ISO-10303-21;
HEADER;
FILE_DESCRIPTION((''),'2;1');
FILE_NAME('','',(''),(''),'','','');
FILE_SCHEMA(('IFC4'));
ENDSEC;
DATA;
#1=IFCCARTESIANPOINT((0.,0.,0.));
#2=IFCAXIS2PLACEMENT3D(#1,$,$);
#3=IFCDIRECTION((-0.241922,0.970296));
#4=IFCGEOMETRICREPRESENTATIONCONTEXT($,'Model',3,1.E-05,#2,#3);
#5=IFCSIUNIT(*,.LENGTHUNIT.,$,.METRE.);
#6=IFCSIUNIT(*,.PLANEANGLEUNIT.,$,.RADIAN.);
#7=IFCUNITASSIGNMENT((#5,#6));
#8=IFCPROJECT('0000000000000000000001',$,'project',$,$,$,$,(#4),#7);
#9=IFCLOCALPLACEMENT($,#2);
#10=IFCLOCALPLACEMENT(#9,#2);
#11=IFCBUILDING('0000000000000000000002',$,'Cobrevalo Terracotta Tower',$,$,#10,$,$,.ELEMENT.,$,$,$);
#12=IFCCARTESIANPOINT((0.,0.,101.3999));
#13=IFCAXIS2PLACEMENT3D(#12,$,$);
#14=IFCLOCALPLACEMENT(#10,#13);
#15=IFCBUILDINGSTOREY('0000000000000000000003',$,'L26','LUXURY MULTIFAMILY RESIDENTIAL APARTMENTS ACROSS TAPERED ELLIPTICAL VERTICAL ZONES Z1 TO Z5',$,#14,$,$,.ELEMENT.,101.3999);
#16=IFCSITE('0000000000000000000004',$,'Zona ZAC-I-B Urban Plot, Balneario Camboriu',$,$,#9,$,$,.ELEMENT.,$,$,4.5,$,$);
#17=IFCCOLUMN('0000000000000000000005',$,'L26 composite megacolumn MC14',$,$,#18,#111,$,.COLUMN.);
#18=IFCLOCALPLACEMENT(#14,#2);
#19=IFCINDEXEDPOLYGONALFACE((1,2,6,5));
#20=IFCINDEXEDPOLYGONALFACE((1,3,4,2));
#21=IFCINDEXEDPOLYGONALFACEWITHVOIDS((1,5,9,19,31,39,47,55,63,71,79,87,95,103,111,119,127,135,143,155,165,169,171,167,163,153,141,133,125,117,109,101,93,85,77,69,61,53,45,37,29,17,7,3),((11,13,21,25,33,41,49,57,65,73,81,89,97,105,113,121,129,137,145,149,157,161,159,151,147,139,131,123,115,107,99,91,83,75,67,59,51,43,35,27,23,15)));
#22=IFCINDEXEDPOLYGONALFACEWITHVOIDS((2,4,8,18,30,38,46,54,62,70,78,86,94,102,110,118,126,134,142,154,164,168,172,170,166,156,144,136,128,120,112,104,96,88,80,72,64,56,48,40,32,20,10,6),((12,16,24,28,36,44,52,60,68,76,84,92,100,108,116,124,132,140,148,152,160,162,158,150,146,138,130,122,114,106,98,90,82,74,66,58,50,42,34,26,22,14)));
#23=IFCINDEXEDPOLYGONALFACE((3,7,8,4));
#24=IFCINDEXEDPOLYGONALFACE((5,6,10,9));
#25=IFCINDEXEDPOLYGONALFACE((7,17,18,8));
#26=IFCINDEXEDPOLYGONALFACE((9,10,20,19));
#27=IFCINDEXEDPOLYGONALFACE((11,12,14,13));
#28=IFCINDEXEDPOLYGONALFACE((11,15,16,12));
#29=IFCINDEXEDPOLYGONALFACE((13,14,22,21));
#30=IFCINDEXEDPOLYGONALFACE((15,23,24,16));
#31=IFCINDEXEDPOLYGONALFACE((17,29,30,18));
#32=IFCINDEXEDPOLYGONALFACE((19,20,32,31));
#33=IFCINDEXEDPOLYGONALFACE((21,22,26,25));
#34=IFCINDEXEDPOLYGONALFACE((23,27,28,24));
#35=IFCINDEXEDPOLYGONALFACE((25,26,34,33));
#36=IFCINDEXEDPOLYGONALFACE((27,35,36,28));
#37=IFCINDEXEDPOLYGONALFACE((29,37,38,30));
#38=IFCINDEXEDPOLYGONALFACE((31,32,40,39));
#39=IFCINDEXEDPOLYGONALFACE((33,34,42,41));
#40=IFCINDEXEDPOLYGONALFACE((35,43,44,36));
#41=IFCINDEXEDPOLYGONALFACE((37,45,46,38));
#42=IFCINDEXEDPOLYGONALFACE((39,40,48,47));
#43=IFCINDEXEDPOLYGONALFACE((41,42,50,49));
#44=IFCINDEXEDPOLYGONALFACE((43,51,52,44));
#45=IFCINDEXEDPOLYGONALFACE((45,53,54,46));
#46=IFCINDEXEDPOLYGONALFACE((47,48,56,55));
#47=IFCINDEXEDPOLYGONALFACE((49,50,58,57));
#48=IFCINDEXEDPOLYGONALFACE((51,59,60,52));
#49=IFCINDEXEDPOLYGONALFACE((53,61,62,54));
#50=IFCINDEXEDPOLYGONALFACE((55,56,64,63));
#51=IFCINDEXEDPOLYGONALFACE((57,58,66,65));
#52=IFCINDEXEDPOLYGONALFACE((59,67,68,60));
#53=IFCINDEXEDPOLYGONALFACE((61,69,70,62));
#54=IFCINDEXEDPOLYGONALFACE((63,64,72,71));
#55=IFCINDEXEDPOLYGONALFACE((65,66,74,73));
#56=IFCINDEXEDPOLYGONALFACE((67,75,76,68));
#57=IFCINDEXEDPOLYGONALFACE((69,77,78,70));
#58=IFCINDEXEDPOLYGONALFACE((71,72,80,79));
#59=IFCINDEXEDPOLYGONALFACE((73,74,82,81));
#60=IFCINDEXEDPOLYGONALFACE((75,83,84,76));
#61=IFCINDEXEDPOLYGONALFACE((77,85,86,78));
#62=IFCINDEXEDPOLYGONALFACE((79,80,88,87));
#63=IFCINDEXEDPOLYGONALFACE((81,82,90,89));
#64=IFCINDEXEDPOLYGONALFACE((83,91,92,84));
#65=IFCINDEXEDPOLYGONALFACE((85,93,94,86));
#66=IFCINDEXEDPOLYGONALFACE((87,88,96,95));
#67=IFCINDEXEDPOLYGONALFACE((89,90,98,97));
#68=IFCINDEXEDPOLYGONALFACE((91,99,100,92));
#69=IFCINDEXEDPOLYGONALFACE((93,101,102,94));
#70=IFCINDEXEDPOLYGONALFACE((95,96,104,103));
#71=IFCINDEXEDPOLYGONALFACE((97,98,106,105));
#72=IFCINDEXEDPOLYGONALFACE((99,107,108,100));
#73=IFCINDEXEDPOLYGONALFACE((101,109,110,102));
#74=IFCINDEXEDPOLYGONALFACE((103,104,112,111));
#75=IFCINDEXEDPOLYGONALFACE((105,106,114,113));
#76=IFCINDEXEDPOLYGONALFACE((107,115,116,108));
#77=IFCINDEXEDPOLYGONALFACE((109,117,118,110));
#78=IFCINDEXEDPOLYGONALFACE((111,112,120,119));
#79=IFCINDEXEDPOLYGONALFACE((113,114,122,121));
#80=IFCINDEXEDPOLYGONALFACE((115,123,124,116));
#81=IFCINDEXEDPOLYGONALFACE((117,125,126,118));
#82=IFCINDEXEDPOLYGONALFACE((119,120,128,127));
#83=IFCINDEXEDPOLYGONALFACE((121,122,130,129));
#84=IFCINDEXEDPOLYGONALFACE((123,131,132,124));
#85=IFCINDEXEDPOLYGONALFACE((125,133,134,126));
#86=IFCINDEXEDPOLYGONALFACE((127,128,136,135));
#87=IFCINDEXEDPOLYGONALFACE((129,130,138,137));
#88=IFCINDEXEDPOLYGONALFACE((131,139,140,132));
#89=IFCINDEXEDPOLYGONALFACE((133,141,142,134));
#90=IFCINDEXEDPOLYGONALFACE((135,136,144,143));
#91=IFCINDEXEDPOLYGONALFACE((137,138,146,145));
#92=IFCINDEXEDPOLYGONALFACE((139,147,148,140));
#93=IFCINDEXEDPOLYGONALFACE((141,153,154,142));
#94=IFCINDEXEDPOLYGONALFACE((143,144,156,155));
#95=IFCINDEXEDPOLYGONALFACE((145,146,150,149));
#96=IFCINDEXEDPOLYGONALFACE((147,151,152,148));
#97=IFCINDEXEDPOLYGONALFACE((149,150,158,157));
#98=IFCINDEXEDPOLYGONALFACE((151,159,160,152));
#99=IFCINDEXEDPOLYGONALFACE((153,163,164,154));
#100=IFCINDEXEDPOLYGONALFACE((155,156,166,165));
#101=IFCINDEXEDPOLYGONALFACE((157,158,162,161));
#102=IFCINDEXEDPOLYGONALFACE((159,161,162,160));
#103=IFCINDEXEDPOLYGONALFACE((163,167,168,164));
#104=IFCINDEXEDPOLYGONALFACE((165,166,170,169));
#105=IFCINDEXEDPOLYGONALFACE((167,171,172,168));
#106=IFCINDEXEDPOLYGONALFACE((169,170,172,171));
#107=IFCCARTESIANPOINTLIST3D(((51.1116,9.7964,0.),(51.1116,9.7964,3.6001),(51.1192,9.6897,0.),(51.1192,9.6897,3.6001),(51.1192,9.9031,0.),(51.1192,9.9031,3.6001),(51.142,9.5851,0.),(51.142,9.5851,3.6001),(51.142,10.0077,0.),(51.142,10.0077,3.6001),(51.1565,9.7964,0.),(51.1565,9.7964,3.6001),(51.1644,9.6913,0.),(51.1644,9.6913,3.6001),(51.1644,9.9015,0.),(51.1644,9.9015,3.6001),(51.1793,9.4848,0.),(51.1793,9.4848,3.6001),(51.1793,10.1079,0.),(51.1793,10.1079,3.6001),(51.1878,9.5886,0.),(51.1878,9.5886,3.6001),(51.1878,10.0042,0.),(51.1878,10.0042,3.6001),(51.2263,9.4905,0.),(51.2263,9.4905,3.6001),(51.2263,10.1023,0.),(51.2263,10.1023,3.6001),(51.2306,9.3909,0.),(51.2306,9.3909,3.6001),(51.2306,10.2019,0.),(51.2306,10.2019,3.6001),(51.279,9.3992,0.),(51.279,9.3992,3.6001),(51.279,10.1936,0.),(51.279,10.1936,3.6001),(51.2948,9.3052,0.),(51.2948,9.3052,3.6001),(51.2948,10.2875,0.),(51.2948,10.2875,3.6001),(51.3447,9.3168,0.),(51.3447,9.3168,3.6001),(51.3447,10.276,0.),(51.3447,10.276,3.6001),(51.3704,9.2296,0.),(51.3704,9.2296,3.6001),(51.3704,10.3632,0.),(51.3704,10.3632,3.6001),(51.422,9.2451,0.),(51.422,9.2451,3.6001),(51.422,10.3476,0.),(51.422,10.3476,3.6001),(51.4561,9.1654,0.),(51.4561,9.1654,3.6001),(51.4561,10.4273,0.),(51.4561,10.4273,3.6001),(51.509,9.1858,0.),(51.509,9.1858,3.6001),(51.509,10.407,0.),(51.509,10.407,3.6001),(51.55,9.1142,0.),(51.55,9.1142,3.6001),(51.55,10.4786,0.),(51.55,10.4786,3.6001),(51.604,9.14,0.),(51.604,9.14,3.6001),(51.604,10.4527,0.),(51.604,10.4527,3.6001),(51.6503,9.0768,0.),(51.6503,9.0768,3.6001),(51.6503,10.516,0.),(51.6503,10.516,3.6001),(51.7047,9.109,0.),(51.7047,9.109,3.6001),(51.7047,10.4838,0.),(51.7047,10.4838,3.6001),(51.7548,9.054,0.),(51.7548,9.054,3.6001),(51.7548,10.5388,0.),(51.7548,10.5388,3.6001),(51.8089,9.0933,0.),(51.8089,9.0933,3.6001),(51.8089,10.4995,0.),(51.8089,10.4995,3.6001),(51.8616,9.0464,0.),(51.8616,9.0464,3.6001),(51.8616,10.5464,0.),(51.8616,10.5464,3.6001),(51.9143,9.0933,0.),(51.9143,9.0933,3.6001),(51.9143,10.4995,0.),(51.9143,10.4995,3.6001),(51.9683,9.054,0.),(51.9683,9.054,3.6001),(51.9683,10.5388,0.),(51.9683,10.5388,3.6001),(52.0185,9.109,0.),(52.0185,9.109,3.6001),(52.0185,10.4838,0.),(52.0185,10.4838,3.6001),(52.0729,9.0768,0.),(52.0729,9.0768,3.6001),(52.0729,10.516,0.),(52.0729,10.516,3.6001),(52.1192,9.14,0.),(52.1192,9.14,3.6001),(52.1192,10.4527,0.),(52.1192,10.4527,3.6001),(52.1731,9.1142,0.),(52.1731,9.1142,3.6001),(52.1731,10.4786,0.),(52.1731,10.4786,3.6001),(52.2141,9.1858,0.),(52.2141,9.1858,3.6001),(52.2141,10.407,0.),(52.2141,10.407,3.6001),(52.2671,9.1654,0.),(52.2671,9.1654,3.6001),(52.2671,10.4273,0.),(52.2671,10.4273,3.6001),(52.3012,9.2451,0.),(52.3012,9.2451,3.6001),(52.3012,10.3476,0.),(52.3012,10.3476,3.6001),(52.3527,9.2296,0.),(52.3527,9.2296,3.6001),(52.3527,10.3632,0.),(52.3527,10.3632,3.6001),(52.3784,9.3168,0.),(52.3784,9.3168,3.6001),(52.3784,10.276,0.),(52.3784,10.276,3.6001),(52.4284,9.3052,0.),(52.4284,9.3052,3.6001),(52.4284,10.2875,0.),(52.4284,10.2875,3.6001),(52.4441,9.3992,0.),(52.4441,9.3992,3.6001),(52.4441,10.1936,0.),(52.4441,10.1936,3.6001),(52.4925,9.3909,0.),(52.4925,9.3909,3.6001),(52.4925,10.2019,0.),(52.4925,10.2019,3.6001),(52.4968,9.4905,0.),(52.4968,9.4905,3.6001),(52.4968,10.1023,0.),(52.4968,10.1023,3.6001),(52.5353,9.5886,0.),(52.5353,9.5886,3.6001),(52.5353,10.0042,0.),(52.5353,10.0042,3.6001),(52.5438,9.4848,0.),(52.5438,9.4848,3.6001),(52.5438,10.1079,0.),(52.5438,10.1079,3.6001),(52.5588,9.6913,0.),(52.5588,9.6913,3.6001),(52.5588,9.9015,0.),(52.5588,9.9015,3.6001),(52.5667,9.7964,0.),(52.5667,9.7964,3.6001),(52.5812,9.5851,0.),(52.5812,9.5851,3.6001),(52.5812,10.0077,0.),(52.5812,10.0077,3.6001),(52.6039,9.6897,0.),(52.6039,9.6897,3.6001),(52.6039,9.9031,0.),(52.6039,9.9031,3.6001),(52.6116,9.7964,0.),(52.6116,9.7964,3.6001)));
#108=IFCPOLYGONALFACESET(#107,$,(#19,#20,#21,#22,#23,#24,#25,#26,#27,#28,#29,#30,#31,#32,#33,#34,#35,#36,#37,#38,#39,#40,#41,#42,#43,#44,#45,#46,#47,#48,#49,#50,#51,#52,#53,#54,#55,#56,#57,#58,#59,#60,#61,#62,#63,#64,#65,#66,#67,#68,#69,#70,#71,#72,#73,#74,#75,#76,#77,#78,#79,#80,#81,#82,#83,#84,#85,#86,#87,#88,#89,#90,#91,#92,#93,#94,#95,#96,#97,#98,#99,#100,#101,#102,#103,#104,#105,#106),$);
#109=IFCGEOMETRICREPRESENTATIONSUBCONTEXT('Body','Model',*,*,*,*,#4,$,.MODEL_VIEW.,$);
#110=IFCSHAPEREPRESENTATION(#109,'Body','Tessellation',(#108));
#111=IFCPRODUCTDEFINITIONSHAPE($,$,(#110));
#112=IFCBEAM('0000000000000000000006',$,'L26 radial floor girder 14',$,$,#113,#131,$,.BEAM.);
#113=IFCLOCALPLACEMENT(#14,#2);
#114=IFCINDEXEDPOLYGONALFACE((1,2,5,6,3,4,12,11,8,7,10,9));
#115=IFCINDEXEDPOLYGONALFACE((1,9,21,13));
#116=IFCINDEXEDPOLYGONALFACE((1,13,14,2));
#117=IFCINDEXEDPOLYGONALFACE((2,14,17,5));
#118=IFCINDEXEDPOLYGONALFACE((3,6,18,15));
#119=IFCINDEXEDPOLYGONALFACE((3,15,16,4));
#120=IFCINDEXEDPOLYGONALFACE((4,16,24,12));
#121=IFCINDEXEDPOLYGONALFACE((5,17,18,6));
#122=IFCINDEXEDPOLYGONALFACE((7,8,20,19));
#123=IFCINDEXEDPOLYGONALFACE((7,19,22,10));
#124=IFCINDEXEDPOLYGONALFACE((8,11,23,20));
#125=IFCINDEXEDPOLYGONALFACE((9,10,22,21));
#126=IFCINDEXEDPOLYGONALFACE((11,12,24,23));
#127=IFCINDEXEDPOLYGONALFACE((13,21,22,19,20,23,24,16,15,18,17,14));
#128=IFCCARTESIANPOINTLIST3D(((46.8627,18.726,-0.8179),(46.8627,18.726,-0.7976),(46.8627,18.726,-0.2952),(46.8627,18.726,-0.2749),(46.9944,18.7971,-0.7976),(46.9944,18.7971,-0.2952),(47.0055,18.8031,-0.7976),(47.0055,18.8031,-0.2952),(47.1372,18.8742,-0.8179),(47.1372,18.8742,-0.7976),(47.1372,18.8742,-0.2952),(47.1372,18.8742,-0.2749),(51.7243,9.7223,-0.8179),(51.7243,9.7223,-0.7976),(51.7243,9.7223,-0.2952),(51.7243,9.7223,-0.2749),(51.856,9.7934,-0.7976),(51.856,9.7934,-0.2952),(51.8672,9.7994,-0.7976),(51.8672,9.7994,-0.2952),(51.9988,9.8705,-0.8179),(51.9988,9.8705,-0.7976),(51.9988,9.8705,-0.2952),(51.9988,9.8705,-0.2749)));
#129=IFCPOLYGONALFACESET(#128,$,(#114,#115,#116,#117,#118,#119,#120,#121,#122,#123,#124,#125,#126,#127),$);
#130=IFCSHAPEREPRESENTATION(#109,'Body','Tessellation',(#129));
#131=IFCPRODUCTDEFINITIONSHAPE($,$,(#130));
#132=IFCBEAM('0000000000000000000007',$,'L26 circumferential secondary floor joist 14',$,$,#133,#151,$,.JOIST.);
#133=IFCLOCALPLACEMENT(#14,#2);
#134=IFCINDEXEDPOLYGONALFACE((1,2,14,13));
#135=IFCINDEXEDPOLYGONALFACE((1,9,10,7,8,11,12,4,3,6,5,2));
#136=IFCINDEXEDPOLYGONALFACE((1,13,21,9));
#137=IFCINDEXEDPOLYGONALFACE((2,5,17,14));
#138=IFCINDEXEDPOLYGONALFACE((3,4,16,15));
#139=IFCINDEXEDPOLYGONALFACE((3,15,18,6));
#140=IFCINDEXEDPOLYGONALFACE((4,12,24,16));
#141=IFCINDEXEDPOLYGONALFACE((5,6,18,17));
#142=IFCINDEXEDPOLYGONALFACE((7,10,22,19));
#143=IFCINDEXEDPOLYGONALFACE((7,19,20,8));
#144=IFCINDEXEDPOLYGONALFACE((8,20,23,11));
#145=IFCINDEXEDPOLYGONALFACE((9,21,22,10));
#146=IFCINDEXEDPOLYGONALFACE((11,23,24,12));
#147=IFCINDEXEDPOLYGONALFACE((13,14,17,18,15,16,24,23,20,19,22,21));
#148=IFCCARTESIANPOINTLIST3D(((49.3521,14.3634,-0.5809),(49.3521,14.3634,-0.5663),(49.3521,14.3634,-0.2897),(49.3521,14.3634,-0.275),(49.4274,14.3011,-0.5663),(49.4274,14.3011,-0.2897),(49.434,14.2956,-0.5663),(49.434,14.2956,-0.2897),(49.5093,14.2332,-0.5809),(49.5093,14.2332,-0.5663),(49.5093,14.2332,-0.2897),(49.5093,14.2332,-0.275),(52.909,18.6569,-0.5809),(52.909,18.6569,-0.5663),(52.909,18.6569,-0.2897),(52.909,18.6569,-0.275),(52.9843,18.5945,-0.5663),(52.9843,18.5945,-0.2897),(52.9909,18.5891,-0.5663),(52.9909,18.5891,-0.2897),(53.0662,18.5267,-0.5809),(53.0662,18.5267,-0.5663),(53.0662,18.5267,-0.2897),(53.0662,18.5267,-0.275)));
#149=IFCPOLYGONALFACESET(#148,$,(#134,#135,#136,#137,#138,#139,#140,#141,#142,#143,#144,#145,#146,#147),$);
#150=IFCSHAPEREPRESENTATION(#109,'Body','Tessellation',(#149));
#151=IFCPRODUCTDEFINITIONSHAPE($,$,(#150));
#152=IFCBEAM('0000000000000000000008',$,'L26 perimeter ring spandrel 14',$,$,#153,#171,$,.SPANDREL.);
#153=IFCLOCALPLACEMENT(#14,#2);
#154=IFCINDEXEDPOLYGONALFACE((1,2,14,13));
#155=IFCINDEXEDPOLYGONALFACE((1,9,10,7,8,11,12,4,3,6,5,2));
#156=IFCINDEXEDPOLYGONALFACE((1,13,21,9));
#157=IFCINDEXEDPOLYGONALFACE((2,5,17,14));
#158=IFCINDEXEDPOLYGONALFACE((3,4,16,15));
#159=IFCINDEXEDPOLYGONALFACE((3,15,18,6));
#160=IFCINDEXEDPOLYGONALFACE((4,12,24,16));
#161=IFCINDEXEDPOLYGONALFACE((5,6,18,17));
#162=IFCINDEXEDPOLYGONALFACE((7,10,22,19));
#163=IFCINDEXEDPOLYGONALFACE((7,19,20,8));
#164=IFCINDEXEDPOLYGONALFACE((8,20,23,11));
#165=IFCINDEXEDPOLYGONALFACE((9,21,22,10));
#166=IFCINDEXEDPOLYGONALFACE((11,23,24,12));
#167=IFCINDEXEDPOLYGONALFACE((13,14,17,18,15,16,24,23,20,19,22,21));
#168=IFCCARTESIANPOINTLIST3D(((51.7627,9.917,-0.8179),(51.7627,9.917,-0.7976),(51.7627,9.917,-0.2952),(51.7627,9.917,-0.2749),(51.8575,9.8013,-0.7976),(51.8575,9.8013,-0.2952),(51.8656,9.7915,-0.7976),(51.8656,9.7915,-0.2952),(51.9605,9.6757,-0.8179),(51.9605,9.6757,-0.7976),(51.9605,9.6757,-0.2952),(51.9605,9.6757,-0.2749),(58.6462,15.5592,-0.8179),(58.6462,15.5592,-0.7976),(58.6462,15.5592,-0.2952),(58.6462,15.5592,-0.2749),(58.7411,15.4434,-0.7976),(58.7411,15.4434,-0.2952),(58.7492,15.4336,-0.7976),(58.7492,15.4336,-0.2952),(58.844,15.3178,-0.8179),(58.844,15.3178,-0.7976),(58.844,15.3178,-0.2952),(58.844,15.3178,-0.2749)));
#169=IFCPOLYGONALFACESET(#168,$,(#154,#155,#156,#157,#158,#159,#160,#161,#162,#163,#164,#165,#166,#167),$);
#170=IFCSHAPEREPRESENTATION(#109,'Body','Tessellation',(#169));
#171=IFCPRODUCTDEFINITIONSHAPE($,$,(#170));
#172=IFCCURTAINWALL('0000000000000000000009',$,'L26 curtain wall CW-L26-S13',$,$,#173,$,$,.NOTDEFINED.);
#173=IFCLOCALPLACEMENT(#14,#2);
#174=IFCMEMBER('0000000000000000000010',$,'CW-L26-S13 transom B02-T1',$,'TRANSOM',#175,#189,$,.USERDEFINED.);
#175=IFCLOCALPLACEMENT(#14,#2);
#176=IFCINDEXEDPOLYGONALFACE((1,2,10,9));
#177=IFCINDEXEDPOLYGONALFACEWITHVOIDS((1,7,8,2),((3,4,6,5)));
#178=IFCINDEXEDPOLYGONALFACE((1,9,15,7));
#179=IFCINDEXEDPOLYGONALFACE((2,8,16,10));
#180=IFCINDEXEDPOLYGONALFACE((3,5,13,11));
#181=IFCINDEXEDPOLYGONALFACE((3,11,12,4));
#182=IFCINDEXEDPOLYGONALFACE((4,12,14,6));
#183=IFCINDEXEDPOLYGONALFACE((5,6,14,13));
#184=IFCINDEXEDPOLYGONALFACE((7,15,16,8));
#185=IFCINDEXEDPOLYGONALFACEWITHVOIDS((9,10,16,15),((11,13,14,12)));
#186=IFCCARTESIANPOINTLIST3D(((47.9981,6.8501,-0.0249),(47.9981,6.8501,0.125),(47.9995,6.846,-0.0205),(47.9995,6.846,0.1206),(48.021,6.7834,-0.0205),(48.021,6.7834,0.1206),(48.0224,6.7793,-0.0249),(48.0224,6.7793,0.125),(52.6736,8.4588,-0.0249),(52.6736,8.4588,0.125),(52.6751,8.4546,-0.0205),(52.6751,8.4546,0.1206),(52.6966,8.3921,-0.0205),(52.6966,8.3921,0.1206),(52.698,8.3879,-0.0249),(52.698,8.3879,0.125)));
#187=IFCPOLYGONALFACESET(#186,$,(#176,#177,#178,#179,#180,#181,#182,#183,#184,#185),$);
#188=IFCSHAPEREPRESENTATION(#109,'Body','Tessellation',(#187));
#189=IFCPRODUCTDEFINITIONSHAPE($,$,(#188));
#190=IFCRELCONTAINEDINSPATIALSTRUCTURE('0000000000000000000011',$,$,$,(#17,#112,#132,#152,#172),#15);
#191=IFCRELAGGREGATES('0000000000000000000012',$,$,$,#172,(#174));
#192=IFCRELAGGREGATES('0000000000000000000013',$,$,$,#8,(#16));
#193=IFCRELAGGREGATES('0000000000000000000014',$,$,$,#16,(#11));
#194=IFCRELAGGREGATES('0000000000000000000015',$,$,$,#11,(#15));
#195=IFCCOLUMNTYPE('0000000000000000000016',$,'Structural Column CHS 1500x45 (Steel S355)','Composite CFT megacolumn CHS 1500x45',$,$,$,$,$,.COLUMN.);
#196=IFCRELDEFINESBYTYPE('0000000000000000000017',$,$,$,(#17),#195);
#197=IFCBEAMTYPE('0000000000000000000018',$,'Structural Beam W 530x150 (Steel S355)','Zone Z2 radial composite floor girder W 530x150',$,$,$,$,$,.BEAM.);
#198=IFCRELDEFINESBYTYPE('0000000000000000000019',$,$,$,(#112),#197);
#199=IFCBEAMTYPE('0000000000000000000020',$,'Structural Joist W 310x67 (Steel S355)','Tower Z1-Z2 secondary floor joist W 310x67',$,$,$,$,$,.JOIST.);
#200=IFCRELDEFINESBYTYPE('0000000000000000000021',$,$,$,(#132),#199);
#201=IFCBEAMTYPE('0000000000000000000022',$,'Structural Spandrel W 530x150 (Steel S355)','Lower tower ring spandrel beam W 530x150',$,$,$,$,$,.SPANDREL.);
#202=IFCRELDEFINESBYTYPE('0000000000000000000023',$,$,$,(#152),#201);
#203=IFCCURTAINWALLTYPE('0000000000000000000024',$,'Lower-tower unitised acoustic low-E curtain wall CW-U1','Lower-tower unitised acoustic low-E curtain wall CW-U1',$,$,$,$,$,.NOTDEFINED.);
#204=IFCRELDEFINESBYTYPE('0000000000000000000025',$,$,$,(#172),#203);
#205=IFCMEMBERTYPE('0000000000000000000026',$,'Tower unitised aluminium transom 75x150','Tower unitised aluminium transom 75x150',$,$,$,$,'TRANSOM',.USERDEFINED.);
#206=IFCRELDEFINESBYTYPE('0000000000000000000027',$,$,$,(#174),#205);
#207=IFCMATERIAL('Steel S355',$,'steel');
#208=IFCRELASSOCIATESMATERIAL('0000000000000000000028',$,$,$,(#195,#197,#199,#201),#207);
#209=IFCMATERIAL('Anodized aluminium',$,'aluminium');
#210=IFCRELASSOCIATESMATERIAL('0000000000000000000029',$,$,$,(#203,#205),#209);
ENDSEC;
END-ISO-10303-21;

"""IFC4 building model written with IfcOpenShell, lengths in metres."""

from ifc_helpers import new_model, si_unit, direction, frame, origin, origin_2d, place, context, subcontext, project, spatial, hollow_rectangle, hollow_circle, i_section, extrude, source, transform, mapped, material, material_profile, profile_set, type_object, element, aggregate, save


model = new_model("IFC4")

# Units and contexts
model_context = context("Model", 3, precision=1e-05, world=origin(), true_north=direction((-0.241922, 0.970296)))
body_context = subcontext(model_context, "Body", "Model", "MODEL_VIEW")
ifc_project = project(units=[si_unit("LENGTHUNIT", "METRE"), si_unit("PLANEANGLEUNIT", "RADIAN")], contexts=[model_context])

# Site, building, storey
site_placement = place(None, origin())
site = spatial("IfcSite", under=ifc_project, at=site_placement, Name="Zona ZAC-I-B Urban Plot, Balneario Camboriu", CompositionType="ELEMENT", RefElevation=4.5)
building_placement = place(site_placement, origin())
building = spatial("IfcBuilding", under=site, at=building_placement, Name="Cobrevalo Terracotta Tower", CompositionType="ELEMENT")
storey_placement = place(building_placement, frame((0.0, 0.0, 101.3999)))
storey = spatial("IfcBuildingStorey", under=building, at=storey_placement, Name="L26", Description="LUXURY MULTIFAMILY RESIDENTIAL APARTMENTS ACROSS TAPERED ELLIPTICAL VERTICAL ZONES Z1 TO Z5", CompositionType="ELEMENT", Elevation=101.3999)

# Column
ifc_material_1 = material(Name="Steel S355", Category="steel")
ifc_material_profile_1 = material_profile(ifc_material_1, hollow_circle(Radius=0.75, WallThickness=0.0449, at=origin_2d()), Name="CHS 1500x45")
ifc_profile_set_1 = profile_set([ifc_material_profile_1], Name="Steel S355")
column_type = type_object("IfcColumnType", Name="Structural Column CHS 1500x45 (Steel S355)", Description="Composite CFT megacolumn CHS 1500x45", PredefinedType="COLUMN", material=ifc_profile_set_1)
column_placement = place(storey_placement, frame((51.8616, 9.7964, 0.0), z_axis=(0.0, 0.0, 1.0), x_axis=(1.0, 0.0, 0.0)))
element("IfcColumn", 1, at=column_placement, inside=storey, type_object=column_type, Name="L26 composite megacolumn MC14", PredefinedType="COLUMN", context=body_context, shape_type="SweptSolid", body=[
    extrude(hollow_circle(Radius=0.75, WallThickness=0.0449, at=origin_2d()), origin(), (0.0, 0.0, 1.0), 3.6001),
])

# Beams
ifc_material_profile_2 = material_profile(ifc_material_1, i_section(OverallWidth=0.312, OverallDepth=0.543, WebThickness=0.0127, FlangeThickness=0.0203, at=origin_2d()), Name="W 530x150")
ifc_profile_set_2 = profile_set([ifc_material_profile_2], Name="Steel S355")
beam_type_1 = type_object("IfcBeamType", Name="Structural Beam W 530x150 (Steel S355)", Description="Zone Z2 radial composite floor girder W 530x150", PredefinedType="BEAM", material=ifc_profile_set_2)
beam_1_placement = place(storey_placement, frame((51.8616, 9.7964, -0.5464), z_axis=(-0.475118, 0.879922, 0.0), x_axis=(-0.879922, -0.475118, 0.0)))
element("IfcBeam", 2, at=beam_1_placement, inside=storey, type_object=beam_type_1, Name="L26 radial floor girder 14", PredefinedType="BEAM", context=body_context, shape_type="SweptSolid", body=[
    extrude(i_section(OverallWidth=0.312, OverallDepth=0.543, WebThickness=0.0127, FlangeThickness=0.0203, at=origin_2d()), origin(), (0.0, 0.0, 1.0), 10.2324),
])
ifc_material_profile_3 = material_profile(ifc_material_1, i_section(OverallWidth=0.2041, OverallDepth=0.3059, WebThickness=0.0085, FlangeThickness=0.0146, at=origin_2d()), Name="W 310x67")
ifc_profile_set_3 = profile_set([ifc_material_profile_3], Name="Steel S355")
beam_type_2 = type_object("IfcBeamType", Name="Structural Joist W 310x67 (Steel S355)", Description="Tower Z1-Z2 secondary floor joist W 310x67", PredefinedType="JOIST", material=ifc_profile_set_3)
beam_2_placement = place(storey_placement, frame((49.4307, 14.2983, -0.428), z_axis=(0.637959, 0.77007, 0.0), x_axis=(-0.77007, 0.637959, 0.0)))
element("IfcBeam", 3, at=beam_2_placement, inside=storey, type_object=beam_type_2, Name="L26 circumferential secondary floor joist 14", PredefinedType="JOIST", context=body_context, shape_type="SweptSolid", body=[
    extrude(i_section(OverallWidth=0.2041, OverallDepth=0.3059, WebThickness=0.0085, FlangeThickness=0.0146, at=origin_2d()), origin(), (0.0, 0.0, 1.0), 5.5754),
])
ifc_material_profile_4 = material_profile(ifc_material_1, i_section(OverallWidth=0.312, OverallDepth=0.543, WebThickness=0.0127, FlangeThickness=0.0203, at=origin_2d()), Name="W 530x150")
ifc_profile_set_4 = profile_set([ifc_material_profile_4], Name="Steel S355")
beam_type_3 = type_object("IfcBeamType", Name="Structural Spandrel W 530x150 (Steel S355)", Description="Lower tower ring spandrel beam W 530x150", PredefinedType="SPANDREL", material=ifc_profile_set_4)
beam_3_placement = place(storey_placement, frame((51.8616, 9.7964, -0.5464), z_axis=(0.773401, 0.633917, 0.0), x_axis=(-0.633917, 0.773401, 0.0)))
element("IfcBeam", 4, at=beam_3_placement, inside=storey, type_object=beam_type_3, Name="L26 perimeter ring spandrel 14", PredefinedType="SPANDREL", context=body_context, shape_type="SweptSolid", body=[
    extrude(i_section(OverallWidth=0.312, OverallDepth=0.543, WebThickness=0.0127, FlangeThickness=0.0203, at=origin_2d()), origin(), (0.0, 0.0, 1.0), 8.9004),
])

# Curtain wall, member
ifc_material_2 = material(Name="Anodized aluminium", Category="aluminium")
curtain_wall_type = type_object("IfcCurtainWallType", Name="Lower-tower unitised acoustic low-E curtain wall CW-U1", Description="Lower-tower unitised acoustic low-E curtain wall CW-U1", PredefinedType="NOTDEFINED", material=ifc_material_2)
curtain_wall_1_placement = place(storey_placement, origin())
curtain_wall_1 = element("IfcCurtainWall", 5, at=curtain_wall_1_placement, inside=storey, type_object=curtain_wall_type, Name="L26 curtain wall CW-L26-S13", PredefinedType="NOTDEFINED")
ifc_material_profile_5 = material_profile(ifc_material_2, hollow_rectangle(XDim=0.075, YDim=0.1499, WallThickness=0.0044, at=origin_2d()), Name="CWT 75x150")
ifc_profile_set_5 = profile_set([ifc_material_profile_5], Name="Anodized aluminium")
member_type_1 = type_object("IfcMemberType", Name="Tower unitised aluminium transom 75x150", Description="Tower unitised aluminium transom 75x150", ElementType="TRANSOM", PredefinedType="USERDEFINED", material=ifc_profile_set_5)
shared_shape_1 = source(origin(), body_context, "Body", "SweptSolid", [
    extrude(hollow_rectangle(XDim=0.075, YDim=0.1499, WallThickness=0.0044, at=origin_2d()), origin(), (0.0, 0.0, 1.0), 4.9446),
])
member_1_placement = place(storey_placement, frame((48.0103, 6.8147, 0.05), z_axis=(0.945598, 0.325338, 0.0), x_axis=(-0.325338, 0.945598, 0.0)))
member_1 = element("IfcMember", 6, at=member_1_placement, type_object=member_type_1, Name="CW-L26-S13 transom B02-T1", ObjectType="TRANSOM", PredefinedType="USERDEFINED", context=body_context, shape_type="MappedRepresentation", body=[
    mapped(shared_shape_1, transform((0.0, 0.0, 0.0), scale=1.0)),
])

aggregate(curtain_wall_1, [member_1])

save(model, "model.ifc")
